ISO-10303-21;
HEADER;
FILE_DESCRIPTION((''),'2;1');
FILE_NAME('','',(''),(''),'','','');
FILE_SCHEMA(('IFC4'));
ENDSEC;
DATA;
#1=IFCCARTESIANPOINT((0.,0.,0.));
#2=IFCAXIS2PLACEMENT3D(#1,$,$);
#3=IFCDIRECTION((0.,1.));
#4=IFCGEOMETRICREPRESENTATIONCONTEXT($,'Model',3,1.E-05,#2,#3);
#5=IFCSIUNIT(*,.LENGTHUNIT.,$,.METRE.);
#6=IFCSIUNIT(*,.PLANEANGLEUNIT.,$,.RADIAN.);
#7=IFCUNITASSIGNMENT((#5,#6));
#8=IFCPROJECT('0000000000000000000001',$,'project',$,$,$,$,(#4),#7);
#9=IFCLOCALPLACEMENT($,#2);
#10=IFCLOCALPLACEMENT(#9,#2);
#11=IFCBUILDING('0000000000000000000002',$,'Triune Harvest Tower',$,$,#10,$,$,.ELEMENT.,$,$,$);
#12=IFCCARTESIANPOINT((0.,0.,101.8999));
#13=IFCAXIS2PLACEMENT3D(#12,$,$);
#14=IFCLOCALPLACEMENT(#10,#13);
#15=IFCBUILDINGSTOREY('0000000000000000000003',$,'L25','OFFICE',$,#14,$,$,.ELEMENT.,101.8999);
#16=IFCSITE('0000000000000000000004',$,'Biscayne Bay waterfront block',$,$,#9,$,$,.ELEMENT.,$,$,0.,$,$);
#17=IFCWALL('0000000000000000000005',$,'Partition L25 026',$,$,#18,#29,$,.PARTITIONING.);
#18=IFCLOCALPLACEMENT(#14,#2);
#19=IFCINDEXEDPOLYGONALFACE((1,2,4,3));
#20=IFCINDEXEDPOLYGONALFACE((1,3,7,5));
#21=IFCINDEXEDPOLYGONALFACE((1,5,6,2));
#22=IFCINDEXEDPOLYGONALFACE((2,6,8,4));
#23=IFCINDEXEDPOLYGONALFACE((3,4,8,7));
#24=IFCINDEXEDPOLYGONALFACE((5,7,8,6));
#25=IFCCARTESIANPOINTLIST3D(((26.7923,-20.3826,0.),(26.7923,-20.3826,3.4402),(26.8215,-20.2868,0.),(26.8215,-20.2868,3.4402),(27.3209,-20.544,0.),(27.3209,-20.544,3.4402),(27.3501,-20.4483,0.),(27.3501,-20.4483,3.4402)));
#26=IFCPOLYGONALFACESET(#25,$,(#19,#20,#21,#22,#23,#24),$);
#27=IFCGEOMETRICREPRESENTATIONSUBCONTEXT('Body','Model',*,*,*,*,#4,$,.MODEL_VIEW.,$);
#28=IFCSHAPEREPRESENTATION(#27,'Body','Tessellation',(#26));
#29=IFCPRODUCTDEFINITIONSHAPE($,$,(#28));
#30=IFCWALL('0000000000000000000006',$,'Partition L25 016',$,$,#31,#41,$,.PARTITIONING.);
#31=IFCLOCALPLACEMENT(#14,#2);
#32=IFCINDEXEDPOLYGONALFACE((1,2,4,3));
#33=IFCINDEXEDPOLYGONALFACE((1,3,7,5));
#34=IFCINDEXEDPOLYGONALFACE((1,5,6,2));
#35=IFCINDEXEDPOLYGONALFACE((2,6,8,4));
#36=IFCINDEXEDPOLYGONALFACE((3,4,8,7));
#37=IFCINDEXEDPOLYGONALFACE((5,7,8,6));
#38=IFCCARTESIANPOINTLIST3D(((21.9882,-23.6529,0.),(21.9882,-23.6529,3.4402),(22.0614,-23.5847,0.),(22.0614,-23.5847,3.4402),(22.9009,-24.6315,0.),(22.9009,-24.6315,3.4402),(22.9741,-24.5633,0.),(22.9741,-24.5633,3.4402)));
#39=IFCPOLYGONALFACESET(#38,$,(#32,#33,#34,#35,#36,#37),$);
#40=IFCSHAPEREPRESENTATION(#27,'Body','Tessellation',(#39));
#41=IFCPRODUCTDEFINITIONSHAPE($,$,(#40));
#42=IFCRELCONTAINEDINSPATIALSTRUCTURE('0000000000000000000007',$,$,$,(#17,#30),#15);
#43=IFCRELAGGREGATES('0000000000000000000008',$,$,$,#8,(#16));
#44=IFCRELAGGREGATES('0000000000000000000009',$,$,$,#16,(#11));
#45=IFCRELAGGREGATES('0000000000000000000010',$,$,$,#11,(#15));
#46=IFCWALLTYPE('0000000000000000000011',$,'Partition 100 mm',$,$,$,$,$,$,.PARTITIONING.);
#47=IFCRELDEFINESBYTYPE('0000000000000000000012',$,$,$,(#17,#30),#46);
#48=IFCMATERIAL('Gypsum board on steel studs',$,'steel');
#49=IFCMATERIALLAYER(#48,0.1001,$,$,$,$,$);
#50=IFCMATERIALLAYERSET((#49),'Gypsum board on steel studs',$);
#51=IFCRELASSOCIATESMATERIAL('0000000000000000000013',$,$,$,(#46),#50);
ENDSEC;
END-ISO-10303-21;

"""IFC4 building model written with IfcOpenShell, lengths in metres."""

from ifc_helpers import new_model, si_unit, direction, frame, frame_2d, origin, place, context, subcontext, project, spatial, rectangle, extrude, source, transform, mapped, material, layer, layer_set, type_object, element, save


model = new_model("IFC4")

# Units and contexts
model_context = context("Model", 3, precision=1e-05, world=origin(), true_north=direction((0.0, 1.0)))
body_context = subcontext(model_context, "Body", "Model", "MODEL_VIEW")
ifc_project = project(units=[si_unit("LENGTHUNIT", "METRE"), si_unit("PLANEANGLEUNIT", "RADIAN")], contexts=[model_context])

# Site, building, storey
site_placement = place(None, origin())
site = spatial("IfcSite", under=ifc_project, at=site_placement, Name="Biscayne Bay waterfront block", CompositionType="ELEMENT", RefElevation=0.0)
building_placement = place(site_placement, origin())
building = spatial("IfcBuilding", under=site, at=building_placement, Name="Triune Harvest Tower", CompositionType="ELEMENT")
storey_placement = place(building_placement, frame((0.0, 0.0, 101.8999)))
storey = spatial("IfcBuildingStorey", under=building, at=storey_placement, Name="L25", Description="OFFICE", CompositionType="ELEMENT", Elevation=101.8999)

# Walls
ifc_material_1 = material(Name="Gypsum board on steel studs", Category="steel")
ifc_layer_1 = layer(ifc_material_1, 0.1001)
ifc_layer_set_1 = layer_set([ifc_layer_1], Name="Gypsum board on steel studs")
wall_type = type_object("IfcWallType", Name="Partition 100 mm", PredefinedType="PARTITIONING", material=ifc_layer_set_1)
wall_1_placement = place(storey_placement, frame((26.8069, -20.3347, 0.0), z_axis=(0.0, 0.0, 1.0), x_axis=(0.956417, -0.292005, 0.0)))
element("IfcWall", 1, at=wall_1_placement, inside=storey, type_object=wall_type, Name="Partition L25 026", PredefinedType="PARTITIONING", context=body_context, shape_type="SweptSolid", body=[
    extrude(rectangle(XDim=0.5527, YDim=0.1001, at=frame_2d((0.2764, 0.0))), origin(), (0.0, 0.0, 1.0), 3.4402),
])
shared_shape_1 = source(origin(), body_context, "Body", "SweptSolid", [
    extrude(rectangle(XDim=1.3381, YDim=0.1001, at=frame_2d((0.6689, 0.0))), origin(), (0.0, 0.0, 1.0), 3.4402),
])
wall_2_placement = place(storey_placement, frame((22.0249, -23.6189, 0.0), z_axis=(0.0, 0.0, 1.0), x_axis=(0.682045, -0.73131, 0.0)))
element("IfcWall", 2, at=wall_2_placement, inside=storey, type_object=wall_type, Name="Partition L25 016", PredefinedType="PARTITIONING", context=body_context, shape_type="MappedRepresentation", body=[
    mapped(shared_shape_1, transform((0.0, 0.0, 0.0), scale=1.0)),
])

save(model, "model.ifc")
